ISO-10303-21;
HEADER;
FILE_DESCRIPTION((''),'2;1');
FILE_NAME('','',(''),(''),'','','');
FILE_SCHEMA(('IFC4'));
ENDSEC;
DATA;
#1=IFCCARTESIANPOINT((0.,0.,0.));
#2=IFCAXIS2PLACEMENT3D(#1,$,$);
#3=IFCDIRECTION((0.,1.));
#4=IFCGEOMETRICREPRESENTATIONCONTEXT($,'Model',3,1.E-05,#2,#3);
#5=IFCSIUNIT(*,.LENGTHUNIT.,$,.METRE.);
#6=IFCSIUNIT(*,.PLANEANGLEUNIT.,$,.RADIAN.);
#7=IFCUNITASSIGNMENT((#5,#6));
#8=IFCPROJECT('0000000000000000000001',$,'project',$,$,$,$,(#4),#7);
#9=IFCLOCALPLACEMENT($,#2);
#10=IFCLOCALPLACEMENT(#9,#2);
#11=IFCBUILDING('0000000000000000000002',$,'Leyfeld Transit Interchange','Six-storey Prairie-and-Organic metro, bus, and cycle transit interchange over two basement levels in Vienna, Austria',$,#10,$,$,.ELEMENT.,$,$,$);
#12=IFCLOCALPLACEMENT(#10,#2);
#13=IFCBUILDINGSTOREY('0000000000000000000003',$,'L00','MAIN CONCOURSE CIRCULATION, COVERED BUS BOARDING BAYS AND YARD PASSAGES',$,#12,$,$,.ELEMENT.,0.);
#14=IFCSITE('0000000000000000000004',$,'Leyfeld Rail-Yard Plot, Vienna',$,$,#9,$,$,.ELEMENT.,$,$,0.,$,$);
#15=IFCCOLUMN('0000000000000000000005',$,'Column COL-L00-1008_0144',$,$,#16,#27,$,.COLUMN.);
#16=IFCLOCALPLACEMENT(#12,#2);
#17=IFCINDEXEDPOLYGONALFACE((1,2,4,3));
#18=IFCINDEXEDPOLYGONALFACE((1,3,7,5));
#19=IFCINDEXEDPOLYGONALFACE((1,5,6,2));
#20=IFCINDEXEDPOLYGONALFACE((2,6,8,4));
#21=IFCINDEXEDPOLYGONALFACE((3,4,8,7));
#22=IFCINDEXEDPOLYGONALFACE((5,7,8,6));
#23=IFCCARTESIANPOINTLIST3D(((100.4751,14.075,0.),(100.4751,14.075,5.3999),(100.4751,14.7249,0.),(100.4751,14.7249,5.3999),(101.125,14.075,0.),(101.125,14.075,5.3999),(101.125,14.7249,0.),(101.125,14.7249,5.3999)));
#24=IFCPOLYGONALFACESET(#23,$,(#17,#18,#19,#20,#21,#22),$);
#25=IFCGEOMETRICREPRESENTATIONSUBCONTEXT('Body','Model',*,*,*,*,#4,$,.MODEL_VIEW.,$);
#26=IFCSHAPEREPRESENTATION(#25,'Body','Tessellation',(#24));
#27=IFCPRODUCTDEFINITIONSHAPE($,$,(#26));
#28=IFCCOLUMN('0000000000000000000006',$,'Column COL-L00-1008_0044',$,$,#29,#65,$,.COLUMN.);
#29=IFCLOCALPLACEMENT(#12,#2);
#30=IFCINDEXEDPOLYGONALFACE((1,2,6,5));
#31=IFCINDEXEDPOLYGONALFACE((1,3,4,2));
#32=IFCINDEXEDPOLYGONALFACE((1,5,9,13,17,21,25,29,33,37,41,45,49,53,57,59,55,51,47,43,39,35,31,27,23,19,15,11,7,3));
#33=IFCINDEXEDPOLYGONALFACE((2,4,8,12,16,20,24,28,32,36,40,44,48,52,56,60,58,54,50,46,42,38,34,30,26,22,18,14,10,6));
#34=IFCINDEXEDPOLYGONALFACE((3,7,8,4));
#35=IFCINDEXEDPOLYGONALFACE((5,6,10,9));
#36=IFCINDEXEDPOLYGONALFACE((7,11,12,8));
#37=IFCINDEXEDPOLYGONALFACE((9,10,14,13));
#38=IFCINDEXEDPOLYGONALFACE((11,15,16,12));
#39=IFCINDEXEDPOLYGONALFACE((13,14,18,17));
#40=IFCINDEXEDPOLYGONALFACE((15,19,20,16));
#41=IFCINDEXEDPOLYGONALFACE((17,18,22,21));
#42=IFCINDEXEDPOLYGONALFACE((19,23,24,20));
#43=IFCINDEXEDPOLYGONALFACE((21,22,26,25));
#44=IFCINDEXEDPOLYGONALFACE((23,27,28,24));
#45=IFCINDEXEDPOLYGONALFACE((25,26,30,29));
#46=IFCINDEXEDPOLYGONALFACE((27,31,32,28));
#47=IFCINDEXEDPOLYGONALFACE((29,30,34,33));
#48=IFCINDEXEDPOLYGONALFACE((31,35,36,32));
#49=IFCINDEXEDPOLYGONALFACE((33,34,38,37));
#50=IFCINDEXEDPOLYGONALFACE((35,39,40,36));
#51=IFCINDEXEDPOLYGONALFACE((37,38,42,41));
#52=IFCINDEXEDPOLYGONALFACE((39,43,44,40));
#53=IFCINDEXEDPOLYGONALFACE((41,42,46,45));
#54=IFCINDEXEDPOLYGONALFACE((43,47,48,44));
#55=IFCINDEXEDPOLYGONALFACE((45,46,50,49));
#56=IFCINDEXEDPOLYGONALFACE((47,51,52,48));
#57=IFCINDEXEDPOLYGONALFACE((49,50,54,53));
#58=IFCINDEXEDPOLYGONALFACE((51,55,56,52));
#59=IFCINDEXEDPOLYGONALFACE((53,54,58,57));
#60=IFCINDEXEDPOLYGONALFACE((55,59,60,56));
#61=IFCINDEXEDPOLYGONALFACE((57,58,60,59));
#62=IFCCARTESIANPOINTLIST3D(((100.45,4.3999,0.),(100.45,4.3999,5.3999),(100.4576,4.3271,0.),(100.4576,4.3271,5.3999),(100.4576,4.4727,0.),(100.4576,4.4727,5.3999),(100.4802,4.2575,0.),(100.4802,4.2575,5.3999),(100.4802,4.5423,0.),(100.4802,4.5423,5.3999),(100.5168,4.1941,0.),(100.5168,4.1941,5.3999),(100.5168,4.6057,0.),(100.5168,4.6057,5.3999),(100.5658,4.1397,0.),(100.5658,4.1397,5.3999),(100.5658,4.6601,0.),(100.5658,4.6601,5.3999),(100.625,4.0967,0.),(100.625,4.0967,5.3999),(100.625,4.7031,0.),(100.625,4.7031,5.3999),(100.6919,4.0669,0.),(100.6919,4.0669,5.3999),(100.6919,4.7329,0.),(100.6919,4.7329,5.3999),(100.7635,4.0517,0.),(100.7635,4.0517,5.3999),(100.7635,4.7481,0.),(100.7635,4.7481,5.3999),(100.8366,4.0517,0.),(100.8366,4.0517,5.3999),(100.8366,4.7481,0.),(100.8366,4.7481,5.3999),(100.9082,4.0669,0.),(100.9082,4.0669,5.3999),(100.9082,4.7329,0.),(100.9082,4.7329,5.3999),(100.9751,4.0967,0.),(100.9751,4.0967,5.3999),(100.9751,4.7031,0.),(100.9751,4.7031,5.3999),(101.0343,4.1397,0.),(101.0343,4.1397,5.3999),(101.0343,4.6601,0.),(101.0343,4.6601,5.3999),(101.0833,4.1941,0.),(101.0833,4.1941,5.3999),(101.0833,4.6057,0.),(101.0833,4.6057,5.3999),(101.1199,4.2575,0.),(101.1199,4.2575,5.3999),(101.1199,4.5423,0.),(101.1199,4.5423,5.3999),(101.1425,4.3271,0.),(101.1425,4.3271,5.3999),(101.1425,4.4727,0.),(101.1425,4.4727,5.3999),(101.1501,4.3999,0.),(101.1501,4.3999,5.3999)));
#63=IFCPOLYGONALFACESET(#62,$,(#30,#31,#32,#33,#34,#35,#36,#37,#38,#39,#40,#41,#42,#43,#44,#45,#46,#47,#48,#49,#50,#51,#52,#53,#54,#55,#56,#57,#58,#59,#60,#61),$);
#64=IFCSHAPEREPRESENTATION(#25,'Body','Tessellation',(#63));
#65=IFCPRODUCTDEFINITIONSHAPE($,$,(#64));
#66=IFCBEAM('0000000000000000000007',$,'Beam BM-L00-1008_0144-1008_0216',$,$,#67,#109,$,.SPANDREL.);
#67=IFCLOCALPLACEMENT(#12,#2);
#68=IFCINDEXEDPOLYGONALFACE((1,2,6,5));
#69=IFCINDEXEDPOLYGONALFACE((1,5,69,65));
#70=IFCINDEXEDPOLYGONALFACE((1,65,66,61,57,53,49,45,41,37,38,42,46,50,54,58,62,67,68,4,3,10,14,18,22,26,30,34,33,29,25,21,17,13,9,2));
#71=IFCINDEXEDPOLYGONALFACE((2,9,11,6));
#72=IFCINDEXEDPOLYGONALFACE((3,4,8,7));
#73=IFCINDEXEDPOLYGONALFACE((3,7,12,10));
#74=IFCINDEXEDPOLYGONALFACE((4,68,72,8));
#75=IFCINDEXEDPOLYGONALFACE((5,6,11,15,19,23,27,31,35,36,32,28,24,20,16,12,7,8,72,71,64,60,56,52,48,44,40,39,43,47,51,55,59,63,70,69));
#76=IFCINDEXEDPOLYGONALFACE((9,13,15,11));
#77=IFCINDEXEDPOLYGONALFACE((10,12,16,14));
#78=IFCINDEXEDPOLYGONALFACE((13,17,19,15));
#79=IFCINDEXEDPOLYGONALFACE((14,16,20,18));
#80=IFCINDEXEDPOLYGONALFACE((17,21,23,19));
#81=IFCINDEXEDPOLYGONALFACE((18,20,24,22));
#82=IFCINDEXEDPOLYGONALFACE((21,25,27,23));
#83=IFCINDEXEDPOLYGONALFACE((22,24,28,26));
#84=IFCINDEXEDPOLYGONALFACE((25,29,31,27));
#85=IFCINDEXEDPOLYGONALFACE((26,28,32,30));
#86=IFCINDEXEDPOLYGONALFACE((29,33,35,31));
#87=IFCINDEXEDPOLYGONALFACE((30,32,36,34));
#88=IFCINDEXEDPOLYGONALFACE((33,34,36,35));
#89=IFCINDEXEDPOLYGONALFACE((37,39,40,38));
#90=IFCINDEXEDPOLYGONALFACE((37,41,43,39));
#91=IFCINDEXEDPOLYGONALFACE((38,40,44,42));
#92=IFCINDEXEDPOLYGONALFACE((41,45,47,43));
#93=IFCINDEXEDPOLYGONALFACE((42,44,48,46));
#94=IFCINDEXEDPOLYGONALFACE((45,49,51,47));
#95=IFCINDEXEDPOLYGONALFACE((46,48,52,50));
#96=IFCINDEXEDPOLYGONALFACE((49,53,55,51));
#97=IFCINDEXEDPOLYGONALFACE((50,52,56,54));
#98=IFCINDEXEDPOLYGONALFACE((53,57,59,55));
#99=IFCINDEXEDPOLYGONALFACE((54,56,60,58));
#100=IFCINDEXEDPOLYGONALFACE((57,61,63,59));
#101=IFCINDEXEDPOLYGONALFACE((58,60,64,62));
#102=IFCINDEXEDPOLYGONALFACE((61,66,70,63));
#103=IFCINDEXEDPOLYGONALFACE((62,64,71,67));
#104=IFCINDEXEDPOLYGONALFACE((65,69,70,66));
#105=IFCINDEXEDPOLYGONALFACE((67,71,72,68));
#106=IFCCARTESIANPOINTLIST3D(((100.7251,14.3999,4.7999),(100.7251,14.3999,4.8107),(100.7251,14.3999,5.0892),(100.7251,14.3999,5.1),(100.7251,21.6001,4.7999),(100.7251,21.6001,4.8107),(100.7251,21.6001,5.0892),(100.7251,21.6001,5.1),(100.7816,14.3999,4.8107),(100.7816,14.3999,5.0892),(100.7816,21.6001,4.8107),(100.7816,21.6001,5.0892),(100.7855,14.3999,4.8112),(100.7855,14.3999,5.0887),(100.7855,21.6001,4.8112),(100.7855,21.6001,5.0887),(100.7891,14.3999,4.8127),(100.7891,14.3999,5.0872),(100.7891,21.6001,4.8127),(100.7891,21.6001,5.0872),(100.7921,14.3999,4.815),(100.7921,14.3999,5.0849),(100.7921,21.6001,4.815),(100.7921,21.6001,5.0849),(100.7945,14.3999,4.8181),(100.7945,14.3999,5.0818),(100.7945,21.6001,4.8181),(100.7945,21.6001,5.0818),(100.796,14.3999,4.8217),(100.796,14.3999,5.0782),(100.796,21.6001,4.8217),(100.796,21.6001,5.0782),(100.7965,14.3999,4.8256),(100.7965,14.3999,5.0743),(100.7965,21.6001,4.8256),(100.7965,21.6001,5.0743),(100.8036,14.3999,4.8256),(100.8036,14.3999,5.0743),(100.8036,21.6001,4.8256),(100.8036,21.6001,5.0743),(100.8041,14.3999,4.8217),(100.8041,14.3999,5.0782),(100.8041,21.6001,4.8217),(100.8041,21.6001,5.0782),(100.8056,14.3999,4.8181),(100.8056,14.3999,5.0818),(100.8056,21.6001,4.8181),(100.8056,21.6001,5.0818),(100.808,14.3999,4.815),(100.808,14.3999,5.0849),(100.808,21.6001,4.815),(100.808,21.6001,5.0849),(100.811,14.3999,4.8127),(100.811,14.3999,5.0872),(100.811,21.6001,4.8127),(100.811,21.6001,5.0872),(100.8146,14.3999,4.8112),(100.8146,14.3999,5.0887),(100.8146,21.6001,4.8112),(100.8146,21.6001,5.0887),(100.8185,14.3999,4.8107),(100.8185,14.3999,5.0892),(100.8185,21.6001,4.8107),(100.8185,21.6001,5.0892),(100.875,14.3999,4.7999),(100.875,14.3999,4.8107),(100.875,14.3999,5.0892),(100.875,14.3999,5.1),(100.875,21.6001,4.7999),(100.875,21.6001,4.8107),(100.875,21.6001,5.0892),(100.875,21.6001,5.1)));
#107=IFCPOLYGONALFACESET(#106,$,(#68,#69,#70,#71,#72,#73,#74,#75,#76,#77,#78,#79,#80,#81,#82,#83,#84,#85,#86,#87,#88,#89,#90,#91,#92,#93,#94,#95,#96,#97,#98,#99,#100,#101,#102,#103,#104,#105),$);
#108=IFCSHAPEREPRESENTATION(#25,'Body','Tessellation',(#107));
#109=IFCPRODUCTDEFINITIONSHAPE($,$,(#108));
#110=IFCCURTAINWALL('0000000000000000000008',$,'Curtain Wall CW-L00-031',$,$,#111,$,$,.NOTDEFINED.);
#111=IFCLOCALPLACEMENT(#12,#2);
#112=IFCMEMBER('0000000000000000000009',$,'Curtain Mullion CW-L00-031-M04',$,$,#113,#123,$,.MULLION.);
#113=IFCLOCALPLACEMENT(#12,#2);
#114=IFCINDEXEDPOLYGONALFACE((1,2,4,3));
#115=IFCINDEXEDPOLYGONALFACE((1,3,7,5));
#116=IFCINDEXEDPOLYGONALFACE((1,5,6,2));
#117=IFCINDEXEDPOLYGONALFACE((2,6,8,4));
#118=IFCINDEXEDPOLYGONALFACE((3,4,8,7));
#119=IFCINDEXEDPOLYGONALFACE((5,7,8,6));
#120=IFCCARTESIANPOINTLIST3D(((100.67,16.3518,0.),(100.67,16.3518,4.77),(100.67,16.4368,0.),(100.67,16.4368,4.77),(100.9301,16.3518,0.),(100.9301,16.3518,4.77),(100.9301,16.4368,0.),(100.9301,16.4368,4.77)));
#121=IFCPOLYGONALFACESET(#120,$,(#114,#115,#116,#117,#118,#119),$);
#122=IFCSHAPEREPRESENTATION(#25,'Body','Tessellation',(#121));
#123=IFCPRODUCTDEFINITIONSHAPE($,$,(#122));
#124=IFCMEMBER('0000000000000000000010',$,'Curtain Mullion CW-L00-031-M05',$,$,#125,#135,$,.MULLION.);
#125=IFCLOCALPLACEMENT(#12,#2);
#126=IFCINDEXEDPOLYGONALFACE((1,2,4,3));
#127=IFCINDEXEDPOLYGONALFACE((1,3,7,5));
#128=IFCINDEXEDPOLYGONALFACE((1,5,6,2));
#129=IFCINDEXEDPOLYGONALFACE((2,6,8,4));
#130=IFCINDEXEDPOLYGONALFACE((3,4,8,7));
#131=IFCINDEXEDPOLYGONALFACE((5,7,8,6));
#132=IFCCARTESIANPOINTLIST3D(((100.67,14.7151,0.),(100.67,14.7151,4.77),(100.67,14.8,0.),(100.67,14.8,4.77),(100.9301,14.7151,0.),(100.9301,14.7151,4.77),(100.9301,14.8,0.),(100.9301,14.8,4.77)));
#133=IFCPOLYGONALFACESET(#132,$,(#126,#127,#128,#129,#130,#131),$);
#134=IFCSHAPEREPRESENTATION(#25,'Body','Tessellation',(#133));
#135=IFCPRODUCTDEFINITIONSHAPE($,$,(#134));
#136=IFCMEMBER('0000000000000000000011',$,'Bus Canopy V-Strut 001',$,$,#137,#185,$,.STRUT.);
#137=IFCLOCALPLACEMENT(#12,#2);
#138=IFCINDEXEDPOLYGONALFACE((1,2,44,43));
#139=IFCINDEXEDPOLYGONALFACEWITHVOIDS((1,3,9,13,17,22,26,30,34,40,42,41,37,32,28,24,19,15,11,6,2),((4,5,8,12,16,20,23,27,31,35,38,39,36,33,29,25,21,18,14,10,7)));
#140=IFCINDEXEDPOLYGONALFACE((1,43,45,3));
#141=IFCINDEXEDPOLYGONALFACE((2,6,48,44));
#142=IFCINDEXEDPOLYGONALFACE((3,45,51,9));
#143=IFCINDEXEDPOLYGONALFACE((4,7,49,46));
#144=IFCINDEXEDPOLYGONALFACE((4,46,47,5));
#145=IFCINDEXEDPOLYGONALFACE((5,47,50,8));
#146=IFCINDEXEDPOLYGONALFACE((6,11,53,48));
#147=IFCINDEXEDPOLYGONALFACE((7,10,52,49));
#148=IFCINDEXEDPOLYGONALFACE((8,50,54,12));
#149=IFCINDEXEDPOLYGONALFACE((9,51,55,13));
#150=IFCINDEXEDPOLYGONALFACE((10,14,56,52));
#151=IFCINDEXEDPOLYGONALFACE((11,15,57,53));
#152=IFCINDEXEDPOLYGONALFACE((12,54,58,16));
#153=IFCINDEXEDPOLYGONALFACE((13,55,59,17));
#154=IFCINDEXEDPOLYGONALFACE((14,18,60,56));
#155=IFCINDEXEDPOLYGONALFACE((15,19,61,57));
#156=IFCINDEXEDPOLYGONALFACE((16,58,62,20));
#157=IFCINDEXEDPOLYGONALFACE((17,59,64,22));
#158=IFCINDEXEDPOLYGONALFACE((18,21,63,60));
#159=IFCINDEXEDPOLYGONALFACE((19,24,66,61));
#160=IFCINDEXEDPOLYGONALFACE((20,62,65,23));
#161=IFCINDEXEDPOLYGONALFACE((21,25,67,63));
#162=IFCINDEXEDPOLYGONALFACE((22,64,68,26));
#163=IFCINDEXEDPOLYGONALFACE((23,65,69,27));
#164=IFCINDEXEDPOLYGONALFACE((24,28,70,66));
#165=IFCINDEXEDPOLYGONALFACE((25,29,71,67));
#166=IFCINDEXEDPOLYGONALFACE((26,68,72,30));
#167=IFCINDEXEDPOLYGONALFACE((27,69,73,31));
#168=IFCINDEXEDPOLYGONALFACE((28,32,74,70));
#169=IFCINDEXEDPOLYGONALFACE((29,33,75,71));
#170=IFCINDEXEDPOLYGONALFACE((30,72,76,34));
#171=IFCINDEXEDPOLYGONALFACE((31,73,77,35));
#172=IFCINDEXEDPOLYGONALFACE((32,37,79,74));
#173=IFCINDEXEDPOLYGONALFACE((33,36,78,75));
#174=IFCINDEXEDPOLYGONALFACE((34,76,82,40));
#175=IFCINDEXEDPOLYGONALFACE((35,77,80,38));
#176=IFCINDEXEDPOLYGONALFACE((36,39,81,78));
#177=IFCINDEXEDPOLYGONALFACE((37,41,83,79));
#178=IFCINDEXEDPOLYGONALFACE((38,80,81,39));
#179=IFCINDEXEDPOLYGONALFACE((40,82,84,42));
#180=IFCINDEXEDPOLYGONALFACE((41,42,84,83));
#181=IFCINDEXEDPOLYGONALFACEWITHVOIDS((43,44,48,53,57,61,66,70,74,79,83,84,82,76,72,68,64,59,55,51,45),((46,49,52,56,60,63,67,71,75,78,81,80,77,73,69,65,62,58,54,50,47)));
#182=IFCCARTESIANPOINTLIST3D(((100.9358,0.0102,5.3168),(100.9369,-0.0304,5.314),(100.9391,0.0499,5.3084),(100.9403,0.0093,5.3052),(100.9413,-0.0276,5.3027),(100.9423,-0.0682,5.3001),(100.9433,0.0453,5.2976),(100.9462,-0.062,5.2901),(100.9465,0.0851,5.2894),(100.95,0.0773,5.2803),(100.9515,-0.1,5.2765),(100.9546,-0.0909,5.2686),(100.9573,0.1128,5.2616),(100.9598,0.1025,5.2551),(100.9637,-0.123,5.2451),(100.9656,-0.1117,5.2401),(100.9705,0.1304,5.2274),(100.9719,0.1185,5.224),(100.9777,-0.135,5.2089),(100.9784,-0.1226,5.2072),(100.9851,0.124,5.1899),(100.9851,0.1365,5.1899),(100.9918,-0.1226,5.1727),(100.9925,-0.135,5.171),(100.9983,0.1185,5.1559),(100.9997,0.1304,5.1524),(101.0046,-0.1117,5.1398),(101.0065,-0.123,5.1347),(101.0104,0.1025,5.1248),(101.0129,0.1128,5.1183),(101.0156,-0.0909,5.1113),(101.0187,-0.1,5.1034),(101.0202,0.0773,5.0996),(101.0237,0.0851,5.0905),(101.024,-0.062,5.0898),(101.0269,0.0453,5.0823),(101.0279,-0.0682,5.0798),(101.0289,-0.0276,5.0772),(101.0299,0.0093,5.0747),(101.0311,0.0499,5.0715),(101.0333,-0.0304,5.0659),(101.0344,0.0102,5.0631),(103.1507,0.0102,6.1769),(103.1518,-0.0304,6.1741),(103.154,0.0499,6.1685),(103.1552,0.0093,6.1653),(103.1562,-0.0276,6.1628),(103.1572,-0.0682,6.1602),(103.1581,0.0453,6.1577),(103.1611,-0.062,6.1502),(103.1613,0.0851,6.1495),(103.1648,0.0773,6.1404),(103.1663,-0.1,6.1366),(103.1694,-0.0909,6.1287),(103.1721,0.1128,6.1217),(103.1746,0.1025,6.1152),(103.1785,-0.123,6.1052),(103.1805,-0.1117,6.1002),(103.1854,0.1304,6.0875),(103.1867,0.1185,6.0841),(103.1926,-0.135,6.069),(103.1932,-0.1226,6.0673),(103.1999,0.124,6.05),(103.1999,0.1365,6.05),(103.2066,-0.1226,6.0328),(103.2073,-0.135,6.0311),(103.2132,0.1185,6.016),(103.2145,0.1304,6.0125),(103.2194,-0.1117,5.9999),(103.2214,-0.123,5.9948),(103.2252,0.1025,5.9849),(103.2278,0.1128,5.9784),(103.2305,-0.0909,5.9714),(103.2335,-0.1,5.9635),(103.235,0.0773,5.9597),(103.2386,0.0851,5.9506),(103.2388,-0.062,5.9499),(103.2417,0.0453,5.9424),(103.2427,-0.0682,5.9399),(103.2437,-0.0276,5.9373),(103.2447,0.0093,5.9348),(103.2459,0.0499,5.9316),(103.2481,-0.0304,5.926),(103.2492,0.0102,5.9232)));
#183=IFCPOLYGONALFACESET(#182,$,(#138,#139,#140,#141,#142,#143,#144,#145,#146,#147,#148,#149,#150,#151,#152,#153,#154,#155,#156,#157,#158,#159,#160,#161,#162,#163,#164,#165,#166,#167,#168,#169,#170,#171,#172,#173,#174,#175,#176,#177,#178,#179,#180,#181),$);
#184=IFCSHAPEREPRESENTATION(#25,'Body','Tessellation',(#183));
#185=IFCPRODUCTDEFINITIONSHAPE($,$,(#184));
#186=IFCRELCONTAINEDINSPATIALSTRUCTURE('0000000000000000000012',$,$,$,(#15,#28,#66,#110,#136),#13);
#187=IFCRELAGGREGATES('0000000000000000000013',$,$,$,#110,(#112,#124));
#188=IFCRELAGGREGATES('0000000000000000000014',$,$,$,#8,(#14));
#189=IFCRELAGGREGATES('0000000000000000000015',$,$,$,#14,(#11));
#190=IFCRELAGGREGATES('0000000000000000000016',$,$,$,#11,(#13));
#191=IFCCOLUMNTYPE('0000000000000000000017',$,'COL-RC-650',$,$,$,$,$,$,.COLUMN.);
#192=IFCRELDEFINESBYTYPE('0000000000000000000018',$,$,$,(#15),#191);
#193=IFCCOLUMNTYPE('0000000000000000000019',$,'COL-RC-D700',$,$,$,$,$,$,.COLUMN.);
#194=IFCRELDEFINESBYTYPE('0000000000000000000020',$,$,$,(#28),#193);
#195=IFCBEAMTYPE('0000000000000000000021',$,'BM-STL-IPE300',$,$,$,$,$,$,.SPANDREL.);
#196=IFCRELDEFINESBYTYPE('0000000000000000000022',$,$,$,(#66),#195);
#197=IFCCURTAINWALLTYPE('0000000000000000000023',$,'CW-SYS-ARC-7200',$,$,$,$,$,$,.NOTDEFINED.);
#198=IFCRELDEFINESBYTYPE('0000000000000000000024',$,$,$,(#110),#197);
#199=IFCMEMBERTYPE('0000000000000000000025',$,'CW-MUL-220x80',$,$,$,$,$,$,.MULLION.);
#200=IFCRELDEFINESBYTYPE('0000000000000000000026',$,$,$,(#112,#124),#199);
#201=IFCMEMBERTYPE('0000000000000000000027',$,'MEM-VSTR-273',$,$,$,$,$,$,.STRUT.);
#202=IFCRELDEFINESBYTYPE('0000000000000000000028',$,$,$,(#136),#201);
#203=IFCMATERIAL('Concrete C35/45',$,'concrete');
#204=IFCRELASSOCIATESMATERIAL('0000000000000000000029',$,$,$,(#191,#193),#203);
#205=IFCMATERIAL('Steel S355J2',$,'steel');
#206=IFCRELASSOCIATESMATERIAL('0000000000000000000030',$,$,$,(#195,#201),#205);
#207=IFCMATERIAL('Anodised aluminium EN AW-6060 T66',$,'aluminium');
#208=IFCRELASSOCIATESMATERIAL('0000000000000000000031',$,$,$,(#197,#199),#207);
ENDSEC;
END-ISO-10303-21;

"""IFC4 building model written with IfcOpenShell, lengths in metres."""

from ifc_helpers import new_model, si_unit, direction, frame, origin, origin_2d, place, context, subcontext, project, spatial, rectangle, circle, hollow_circle, i_section, extrude, material, material_profile, profile_set, type_object, element, aggregate, save


model = new_model("IFC4")

# Units and contexts
model_context = context("Model", 3, precision=1e-05, world=origin(), true_north=direction((0.0, 1.0)))
body_context = subcontext(model_context, "Body", "Model", "MODEL_VIEW")
ifc_project = project(units=[si_unit("LENGTHUNIT", "METRE"), si_unit("PLANEANGLEUNIT", "RADIAN")], contexts=[model_context])

# Site, building, storey
site_placement = place(None, origin())
site = spatial("IfcSite", under=ifc_project, at=site_placement, Name="Leyfeld Rail-Yard Plot, Vienna", CompositionType="ELEMENT", RefElevation=0.0)
building_placement = place(site_placement, origin())
building = spatial("IfcBuilding", under=site, at=building_placement, Name="Leyfeld Transit Interchange", Description="Six-storey Prairie-and-Organic metro, bus, and cycle transit interchange over two basement levels in Vienna, Austria", CompositionType="ELEMENT")
storey_placement = place(building_placement, origin())
storey = spatial("IfcBuildingStorey", under=building, at=storey_placement, Name="L00", Description="MAIN CONCOURSE CIRCULATION, COVERED BUS BOARDING BAYS AND YARD PASSAGES", CompositionType="ELEMENT", Elevation=0.0)

# Shared definitions
ifc_material_1 = material(Name="Concrete C35/45", Category="concrete")

# Columns
ifc_material_profile_1 = material_profile(ifc_material_1, rectangle(XDim=0.6499, YDim=0.6499, at=origin_2d()), Name="RC 650x650")
ifc_profile_set_1 = profile_set([ifc_material_profile_1], Name="Concrete C35/45")
column_type_1 = type_object("IfcColumnType", Name="COL-RC-650", PredefinedType="COLUMN", material=ifc_profile_set_1)
column_1_placement = place(storey_placement, frame((100.8, 14.3999, 0.0), z_axis=(0.0, 0.0, 1.0), x_axis=(1.0, 0.0, 0.0)))
element("IfcColumn", 1, at=column_1_placement, inside=storey, type_object=column_type_1, Name="Column COL-L00-1008_0144", PredefinedType="COLUMN", context=body_context, shape_type="SweptSolid", body=[
    extrude(rectangle(XDim=0.6499, YDim=0.6499, at=origin_2d()), origin(), (0.0, 0.0, 1.0), 5.3999),
])
ifc_material_profile_2 = material_profile(ifc_material_1, circle(Radius=0.3501, at=origin_2d()), Name="RC D700")
ifc_profile_set_2 = profile_set([ifc_material_profile_2], Name="Concrete C35/45")
column_type_2 = type_object("IfcColumnType", Name="COL-RC-D700", PredefinedType="COLUMN", material=ifc_profile_set_2)
column_2_placement = place(storey_placement, frame((100.8, 4.3999, 0.0), z_axis=(0.0, 0.0, 1.0), x_axis=(1.0, 0.0, 0.0)))
element("IfcColumn", 2, at=column_2_placement, inside=storey, type_object=column_type_2, Name="Column COL-L00-1008_0044", PredefinedType="COLUMN", context=body_context, shape_type="SweptSolid", body=[
    extrude(circle(Radius=0.3501, at=origin_2d()), origin(), (0.0, 0.0, 1.0), 5.3999),
])

# Beam
ifc_material_2 = material(Name="Steel S355J2", Category="steel")
ifc_material_profile_3 = material_profile(ifc_material_2, i_section(OverallWidth=0.1499, OverallDepth=0.3, WebThickness=0.0071, FlangeThickness=0.0107, FilletRadius=0.0149, at=origin_2d()), Name="IPE 300")
ifc_profile_set_3 = profile_set([ifc_material_profile_3], Name="Steel S355J2")
beam_type = type_object("IfcBeamType", Name="BM-STL-IPE300", PredefinedType="SPANDREL", material=ifc_profile_set_3)
beam_placement = place(storey_placement, frame((100.8, 14.3999, 4.95), z_axis=(0.0, 1.0, 0.0), x_axis=(-1.0, 0.0, 0.0)))
element("IfcBeam", 3, at=beam_placement, inside=storey, type_object=beam_type, Name="Beam BM-L00-1008_0144-1008_0216", PredefinedType="SPANDREL", context=body_context, shape_type="SweptSolid", body=[
    extrude(i_section(OverallWidth=0.1499, OverallDepth=0.3, WebThickness=0.0071, FlangeThickness=0.0107, FilletRadius=0.0149, at=origin_2d()), origin(), (0.0, 0.0, 1.0), 7.2002),
])

# Curtain wall, members
ifc_material_3 = material(Name="Anodised aluminium EN AW-6060 T66", Category="aluminium")
curtain_wall_type = type_object("IfcCurtainWallType", Name="CW-SYS-ARC-7200", PredefinedType="NOTDEFINED", material=ifc_material_3)
curtain_wall_placement = place(storey_placement, origin())
curtain_wall = element("IfcCurtainWall", 4, at=curtain_wall_placement, inside=storey, type_object=curtain_wall_type, Name="Curtain Wall CW-L00-031", PredefinedType="NOTDEFINED")
ifc_material_profile_4 = material_profile(ifc_material_3, rectangle(XDim=0.085, YDim=0.26, at=origin_2d()), Name="CW-M 85x260")
ifc_profile_set_4 = profile_set([ifc_material_profile_4], Name="Anodised aluminium EN AW-6060 T66")
member_type_1 = type_object("IfcMemberType", Name="CW-MUL-220x80", PredefinedType="MULLION", material=ifc_profile_set_4)
member_1_placement = place(storey_placement, frame((100.8, 16.3943, 0.0), z_axis=(0.0, 0.0, 1.0), x_axis=(0.0, -1.0, 0.0)))
member_1 = element("IfcMember", 5, at=member_1_placement, type_object=member_type_1, Name="Curtain Mullion CW-L00-031-M04", PredefinedType="MULLION", context=body_context, shape_type="SweptSolid", body=[
    extrude(rectangle(XDim=0.085, YDim=0.26, at=origin_2d()), origin(), (0.0, 0.0, 1.0), 4.77),
])
member_2_placement = place(storey_placement, frame((100.8, 14.7576, 0.0), z_axis=(0.0, 0.0, 1.0), x_axis=(0.0, -1.0, 0.0)))
member_2 = element("IfcMember", 6, at=member_2_placement, type_object=member_type_1, Name="Curtain Mullion CW-L00-031-M05", PredefinedType="MULLION", context=body_context, shape_type="SweptSolid", body=[
    extrude(rectangle(XDim=0.085, YDim=0.26, at=origin_2d()), origin(), (0.0, 0.0, 1.0), 4.77),
])

# Member
ifc_material_profile_5 = material_profile(ifc_material_2, hollow_circle(Radius=0.1365, WallThickness=0.0125, at=origin_2d()), Name="CHS 273x12.5")
ifc_profile_set_5 = profile_set([ifc_material_profile_5], Name="Steel S355J2")
member_type_2 = type_object("IfcMemberType", Name="MEM-VSTR-273", PredefinedType="STRUT", material=ifc_profile_set_5)
member_3_placement = place(storey_placement, frame((100.9851, 0.0, 5.1899), z_axis=(0.932178, 0.0, 0.362), x_axis=(0.0, 1.0, 0.0)))
element("IfcMember", 7, at=member_3_placement, inside=storey, type_object=member_type_2, Name="Bus Canopy V-Strut 001", PredefinedType="STRUT", context=body_context, shape_type="SweptSolid", body=[
    extrude(hollow_circle(Radius=0.1365, WallThickness=0.0125, at=origin_2d()), origin(), (0.0, 0.0, 1.0), 2.376),
])

aggregate(curtain_wall, [member_1, member_2])

save(model, "model.ifc")
